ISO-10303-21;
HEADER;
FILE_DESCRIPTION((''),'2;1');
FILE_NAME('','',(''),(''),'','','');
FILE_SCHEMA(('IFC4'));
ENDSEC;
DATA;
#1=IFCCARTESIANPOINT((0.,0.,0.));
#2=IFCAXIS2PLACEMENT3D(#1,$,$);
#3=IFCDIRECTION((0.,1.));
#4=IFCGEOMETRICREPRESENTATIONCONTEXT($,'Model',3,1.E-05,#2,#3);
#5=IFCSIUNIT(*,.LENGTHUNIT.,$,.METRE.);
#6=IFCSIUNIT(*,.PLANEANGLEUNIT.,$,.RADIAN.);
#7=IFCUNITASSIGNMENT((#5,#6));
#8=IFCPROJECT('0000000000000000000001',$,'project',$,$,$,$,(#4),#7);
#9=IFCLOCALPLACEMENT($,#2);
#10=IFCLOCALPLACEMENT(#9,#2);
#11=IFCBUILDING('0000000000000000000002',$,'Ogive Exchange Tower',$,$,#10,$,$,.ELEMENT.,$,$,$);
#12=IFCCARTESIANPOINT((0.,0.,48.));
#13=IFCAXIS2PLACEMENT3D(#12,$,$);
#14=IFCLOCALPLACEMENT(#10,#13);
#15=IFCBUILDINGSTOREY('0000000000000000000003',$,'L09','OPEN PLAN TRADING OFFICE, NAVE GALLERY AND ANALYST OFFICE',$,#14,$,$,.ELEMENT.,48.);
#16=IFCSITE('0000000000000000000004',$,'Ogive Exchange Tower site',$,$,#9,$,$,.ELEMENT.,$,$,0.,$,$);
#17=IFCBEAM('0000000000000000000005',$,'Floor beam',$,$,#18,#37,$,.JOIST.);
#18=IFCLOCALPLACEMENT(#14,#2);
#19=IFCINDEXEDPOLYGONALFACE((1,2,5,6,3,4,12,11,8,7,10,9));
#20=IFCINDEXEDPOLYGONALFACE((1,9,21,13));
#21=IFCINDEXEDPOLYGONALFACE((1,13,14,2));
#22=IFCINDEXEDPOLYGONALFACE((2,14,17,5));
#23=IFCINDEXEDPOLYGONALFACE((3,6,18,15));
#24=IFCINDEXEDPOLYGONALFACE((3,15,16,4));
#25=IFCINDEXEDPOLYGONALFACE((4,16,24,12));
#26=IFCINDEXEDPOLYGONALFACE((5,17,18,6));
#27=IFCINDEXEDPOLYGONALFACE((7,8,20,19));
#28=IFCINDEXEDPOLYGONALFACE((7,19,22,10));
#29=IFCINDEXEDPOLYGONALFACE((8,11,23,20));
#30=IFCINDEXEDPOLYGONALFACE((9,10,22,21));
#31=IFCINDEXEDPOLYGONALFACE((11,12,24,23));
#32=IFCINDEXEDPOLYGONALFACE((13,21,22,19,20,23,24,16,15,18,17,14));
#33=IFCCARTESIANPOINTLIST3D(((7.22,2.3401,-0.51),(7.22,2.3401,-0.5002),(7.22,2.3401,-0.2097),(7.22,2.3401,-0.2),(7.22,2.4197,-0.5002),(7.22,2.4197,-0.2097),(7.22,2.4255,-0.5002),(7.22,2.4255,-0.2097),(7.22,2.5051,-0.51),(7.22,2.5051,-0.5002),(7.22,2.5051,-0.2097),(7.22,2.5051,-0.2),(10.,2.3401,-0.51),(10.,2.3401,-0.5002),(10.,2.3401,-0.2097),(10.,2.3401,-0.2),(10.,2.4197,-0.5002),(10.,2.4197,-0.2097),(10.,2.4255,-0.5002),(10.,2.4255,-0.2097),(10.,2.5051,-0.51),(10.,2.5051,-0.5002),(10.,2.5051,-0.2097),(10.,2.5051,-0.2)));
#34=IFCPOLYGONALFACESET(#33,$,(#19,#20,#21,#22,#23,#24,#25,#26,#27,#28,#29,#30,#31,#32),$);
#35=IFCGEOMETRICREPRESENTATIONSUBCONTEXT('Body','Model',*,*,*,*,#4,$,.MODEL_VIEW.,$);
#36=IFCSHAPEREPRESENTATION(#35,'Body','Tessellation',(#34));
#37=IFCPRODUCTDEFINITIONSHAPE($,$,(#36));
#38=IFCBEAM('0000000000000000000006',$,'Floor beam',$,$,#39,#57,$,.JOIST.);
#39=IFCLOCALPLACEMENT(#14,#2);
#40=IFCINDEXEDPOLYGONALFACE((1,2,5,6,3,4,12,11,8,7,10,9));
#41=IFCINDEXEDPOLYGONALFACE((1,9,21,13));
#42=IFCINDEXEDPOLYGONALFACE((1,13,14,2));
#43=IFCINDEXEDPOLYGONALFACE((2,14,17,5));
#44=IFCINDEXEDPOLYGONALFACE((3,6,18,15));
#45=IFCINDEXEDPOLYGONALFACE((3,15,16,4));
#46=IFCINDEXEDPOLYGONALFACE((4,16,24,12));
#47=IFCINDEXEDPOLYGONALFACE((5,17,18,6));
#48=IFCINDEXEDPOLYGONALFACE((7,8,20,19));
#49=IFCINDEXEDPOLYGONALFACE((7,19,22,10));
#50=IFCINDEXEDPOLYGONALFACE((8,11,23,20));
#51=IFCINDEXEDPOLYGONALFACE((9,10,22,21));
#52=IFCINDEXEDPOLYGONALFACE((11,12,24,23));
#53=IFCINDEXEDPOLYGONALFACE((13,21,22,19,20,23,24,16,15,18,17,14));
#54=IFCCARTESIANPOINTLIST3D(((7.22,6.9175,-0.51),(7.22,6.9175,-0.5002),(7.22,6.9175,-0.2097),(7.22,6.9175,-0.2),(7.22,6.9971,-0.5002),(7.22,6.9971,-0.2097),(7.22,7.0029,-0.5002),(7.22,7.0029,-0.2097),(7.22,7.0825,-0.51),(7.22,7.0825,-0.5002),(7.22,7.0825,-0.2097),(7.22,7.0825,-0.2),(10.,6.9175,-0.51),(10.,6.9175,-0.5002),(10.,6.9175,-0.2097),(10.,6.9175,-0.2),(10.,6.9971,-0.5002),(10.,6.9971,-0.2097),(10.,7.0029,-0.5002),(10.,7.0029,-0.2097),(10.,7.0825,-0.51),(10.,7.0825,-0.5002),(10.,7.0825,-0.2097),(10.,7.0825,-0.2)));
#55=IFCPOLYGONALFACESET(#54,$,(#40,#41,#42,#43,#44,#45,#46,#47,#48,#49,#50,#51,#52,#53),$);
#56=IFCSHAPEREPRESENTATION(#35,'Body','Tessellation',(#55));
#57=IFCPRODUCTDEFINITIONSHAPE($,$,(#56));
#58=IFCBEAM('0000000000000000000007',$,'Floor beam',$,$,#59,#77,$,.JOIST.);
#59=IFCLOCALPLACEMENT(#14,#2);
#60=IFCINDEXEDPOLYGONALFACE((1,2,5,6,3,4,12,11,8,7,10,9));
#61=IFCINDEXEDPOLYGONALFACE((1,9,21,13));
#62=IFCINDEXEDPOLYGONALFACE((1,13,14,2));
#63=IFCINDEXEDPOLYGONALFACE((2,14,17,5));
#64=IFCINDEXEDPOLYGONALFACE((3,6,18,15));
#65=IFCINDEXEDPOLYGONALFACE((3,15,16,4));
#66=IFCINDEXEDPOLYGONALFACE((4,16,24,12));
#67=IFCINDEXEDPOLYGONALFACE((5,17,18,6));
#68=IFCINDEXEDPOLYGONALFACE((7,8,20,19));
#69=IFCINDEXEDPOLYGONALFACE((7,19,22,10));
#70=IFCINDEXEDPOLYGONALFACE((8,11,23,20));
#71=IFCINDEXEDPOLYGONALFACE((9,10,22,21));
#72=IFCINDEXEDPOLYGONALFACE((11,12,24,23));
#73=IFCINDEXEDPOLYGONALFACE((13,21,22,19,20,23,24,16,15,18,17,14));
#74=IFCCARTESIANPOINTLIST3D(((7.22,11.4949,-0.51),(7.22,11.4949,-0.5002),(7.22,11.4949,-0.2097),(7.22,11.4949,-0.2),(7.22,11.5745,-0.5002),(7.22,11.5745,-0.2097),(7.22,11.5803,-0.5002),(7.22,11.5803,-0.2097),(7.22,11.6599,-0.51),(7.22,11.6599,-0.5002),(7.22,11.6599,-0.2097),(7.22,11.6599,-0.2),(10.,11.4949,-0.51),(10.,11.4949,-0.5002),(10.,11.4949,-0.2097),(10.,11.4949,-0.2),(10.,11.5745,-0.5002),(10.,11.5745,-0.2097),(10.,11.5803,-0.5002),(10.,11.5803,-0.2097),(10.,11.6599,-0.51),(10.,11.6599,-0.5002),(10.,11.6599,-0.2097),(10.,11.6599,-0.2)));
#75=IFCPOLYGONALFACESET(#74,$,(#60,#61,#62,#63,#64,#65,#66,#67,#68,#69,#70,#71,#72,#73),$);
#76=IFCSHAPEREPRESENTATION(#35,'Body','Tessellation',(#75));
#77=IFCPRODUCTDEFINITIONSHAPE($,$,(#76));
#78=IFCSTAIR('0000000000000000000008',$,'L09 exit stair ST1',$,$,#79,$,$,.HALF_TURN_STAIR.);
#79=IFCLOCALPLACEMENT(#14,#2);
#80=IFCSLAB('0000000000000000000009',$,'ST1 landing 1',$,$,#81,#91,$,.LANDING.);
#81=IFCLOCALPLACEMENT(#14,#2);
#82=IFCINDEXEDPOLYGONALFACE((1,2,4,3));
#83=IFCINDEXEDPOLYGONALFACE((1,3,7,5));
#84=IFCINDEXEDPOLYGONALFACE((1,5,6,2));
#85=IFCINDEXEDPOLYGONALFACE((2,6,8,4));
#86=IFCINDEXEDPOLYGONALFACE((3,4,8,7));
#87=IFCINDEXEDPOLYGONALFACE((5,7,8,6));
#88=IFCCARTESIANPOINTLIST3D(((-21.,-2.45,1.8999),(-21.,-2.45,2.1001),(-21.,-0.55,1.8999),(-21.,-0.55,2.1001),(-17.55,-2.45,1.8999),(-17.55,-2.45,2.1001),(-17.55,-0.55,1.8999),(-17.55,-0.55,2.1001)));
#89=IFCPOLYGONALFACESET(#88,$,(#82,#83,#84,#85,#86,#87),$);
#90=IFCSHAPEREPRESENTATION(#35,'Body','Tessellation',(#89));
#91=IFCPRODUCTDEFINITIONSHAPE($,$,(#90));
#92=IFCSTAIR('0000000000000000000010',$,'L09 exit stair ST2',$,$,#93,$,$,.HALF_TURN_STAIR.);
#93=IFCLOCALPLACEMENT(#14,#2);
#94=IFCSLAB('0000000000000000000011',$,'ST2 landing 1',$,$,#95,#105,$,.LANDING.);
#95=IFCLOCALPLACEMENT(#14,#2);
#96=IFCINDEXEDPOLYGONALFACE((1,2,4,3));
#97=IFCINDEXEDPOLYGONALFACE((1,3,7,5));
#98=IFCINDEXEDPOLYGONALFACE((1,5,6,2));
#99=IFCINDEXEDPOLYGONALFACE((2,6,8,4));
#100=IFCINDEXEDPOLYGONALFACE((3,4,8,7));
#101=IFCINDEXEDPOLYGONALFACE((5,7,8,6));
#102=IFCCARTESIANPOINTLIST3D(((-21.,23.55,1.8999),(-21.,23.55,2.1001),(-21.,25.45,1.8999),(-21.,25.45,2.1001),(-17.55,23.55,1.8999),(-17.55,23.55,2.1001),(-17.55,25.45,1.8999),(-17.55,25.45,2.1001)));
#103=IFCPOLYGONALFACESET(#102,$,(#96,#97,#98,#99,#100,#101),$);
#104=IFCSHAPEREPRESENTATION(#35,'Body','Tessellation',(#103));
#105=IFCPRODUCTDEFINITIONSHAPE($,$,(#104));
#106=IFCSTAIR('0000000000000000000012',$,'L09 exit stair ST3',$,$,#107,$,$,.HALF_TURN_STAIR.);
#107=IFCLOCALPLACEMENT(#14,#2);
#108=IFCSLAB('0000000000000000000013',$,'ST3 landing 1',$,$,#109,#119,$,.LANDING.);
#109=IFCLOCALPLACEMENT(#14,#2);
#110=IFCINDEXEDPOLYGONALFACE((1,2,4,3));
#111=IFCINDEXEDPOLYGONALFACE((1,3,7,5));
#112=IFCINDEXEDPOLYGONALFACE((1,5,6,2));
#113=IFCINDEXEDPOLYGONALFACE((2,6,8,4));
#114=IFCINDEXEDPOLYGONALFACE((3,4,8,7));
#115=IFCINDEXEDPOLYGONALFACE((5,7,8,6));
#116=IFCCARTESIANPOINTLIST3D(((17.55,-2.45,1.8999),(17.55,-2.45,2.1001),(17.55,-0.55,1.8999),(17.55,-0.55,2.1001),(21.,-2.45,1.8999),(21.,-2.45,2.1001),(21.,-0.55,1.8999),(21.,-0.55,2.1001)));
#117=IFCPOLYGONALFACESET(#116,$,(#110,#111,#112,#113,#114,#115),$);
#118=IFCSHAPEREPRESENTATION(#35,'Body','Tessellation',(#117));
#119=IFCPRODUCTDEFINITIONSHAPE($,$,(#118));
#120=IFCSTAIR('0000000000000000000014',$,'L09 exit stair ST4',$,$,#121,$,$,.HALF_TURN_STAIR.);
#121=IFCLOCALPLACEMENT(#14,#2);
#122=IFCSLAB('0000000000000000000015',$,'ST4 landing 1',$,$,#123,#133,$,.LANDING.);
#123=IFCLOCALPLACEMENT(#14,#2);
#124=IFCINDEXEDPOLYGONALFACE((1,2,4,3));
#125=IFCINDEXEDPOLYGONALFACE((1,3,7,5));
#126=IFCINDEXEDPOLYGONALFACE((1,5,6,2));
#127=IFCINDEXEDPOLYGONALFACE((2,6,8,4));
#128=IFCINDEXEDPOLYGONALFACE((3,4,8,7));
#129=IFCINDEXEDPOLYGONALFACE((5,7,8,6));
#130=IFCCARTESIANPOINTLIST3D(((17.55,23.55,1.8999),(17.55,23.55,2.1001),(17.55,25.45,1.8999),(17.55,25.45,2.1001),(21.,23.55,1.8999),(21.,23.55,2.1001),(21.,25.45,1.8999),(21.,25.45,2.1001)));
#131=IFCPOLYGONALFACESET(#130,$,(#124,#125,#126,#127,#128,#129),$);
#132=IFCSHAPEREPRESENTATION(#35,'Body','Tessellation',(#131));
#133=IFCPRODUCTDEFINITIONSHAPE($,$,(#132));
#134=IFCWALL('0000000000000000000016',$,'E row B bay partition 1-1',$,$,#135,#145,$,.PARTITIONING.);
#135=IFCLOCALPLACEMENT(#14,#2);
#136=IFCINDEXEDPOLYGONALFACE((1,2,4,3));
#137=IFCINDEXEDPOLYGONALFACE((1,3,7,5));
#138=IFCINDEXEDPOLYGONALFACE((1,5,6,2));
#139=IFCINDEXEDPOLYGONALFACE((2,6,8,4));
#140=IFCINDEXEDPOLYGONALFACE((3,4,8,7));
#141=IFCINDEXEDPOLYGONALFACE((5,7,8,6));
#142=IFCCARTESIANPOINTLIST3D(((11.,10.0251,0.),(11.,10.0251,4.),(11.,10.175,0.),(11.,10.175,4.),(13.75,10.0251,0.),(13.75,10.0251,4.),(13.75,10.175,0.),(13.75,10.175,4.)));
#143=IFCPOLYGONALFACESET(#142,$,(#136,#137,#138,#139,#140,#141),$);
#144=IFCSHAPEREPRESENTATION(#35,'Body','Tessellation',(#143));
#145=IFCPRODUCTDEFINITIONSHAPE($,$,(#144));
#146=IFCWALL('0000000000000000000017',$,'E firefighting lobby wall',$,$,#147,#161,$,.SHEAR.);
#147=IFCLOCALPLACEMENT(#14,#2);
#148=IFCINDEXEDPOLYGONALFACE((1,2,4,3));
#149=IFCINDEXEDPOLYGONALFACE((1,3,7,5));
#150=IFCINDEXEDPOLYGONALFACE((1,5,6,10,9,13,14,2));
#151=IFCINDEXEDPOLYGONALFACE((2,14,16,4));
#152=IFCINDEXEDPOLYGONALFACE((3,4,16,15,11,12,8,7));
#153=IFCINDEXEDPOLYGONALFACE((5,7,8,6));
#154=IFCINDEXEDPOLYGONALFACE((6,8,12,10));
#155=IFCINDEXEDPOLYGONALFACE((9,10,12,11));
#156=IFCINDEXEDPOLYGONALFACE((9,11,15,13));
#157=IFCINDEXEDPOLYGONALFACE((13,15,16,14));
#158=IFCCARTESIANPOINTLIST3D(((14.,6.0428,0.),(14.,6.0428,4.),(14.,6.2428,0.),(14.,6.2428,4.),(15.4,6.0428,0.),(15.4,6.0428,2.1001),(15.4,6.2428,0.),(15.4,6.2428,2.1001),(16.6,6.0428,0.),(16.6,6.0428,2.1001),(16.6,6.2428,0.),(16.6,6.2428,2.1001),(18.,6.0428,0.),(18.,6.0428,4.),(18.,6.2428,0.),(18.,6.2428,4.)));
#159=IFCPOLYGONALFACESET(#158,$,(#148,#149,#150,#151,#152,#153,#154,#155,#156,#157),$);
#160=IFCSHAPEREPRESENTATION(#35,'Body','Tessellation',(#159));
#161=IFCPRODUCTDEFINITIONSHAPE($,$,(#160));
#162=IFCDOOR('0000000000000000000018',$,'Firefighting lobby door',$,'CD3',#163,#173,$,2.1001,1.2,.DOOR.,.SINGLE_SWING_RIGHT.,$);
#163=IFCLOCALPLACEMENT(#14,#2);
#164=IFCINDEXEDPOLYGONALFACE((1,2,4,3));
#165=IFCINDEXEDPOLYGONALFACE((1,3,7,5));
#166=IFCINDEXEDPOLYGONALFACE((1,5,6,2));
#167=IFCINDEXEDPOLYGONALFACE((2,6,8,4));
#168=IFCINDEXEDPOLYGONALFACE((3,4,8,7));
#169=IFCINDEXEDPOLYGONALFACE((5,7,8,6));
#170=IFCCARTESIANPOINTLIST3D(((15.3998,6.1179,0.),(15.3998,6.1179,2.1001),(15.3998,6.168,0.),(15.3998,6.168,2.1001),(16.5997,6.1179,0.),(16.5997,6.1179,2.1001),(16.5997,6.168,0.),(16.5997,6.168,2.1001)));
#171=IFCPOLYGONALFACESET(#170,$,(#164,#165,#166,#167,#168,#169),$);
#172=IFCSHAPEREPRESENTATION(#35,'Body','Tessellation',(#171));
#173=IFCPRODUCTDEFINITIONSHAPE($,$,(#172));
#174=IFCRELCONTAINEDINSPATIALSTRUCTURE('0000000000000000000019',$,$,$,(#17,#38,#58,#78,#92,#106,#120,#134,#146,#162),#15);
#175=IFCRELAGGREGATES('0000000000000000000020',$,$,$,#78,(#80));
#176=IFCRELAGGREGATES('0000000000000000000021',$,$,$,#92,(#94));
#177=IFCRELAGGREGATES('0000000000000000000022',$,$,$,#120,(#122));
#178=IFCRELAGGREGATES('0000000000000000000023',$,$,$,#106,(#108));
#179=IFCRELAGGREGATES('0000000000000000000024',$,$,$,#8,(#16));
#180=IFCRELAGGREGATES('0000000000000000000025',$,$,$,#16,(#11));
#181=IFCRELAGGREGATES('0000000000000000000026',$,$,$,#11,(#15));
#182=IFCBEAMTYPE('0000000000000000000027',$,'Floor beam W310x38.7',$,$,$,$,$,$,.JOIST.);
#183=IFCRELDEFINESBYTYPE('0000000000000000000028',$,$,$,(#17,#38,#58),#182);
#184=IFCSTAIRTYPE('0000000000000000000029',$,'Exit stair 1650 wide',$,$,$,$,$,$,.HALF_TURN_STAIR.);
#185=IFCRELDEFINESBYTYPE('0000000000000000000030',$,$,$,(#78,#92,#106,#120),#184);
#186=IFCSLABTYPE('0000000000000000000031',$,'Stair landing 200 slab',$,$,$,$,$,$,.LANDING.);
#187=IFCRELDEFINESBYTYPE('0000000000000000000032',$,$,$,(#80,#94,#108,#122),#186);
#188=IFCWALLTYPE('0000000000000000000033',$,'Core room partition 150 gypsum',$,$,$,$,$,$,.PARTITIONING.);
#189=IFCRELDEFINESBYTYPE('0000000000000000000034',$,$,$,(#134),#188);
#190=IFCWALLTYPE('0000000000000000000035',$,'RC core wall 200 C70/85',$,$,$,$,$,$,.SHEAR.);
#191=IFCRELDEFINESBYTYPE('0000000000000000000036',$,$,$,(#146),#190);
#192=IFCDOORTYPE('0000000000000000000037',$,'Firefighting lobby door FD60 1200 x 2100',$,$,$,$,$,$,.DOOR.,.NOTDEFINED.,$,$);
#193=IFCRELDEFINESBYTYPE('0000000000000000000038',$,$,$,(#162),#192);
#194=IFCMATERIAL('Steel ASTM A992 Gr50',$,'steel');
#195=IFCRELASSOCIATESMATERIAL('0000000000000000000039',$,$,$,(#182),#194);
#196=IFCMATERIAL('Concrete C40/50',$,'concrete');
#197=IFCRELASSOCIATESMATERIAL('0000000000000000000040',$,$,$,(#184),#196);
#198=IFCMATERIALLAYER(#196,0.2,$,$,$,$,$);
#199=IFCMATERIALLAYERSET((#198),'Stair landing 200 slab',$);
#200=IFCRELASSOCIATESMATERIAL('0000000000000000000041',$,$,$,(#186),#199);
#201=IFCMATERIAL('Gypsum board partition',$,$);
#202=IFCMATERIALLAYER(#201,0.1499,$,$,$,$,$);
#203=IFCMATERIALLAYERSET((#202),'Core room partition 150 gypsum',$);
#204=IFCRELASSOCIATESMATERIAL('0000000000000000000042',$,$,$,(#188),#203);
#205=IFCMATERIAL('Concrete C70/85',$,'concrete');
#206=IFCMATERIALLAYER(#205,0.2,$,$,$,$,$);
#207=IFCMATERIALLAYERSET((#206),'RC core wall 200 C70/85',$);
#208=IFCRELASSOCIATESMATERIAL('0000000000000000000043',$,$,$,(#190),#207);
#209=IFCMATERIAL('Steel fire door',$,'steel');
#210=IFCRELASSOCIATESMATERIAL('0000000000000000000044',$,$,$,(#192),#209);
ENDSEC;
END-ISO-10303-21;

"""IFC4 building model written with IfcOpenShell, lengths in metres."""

from ifc_helpers import new_model, si_unit, direction, frame, frame_2d, origin, origin_2d, place, context, subcontext, project, spatial, polyline, rectangle, i_section, outline, extrude, material, layer, layer_set, material_profile, profile_set, type_object, element, fill, aggregate, save


model = new_model("IFC4")

# Units and contexts
model_context = context("Model", 3, precision=1e-05, world=origin(), true_north=direction((0.0, 1.0)))
body_context = subcontext(model_context, "Body", "Model", "MODEL_VIEW")
ifc_project = project(units=[si_unit("LENGTHUNIT", "METRE"), si_unit("PLANEANGLEUNIT", "RADIAN")], contexts=[model_context])

# Site, building, storey
site_placement = place(None, origin())
site = spatial("IfcSite", under=ifc_project, at=site_placement, Name="Ogive Exchange Tower site", CompositionType="ELEMENT", RefElevation=0.0)
building_placement = place(site_placement, origin())
building = spatial("IfcBuilding", under=site, at=building_placement, Name="Ogive Exchange Tower", CompositionType="ELEMENT")
storey_placement = place(building_placement, frame((0.0, 0.0, 48.0)))
storey = spatial("IfcBuildingStorey", under=building, at=storey_placement, Name="L09", Description="OPEN PLAN TRADING OFFICE, NAVE GALLERY AND ANALYST OFFICE", CompositionType="ELEMENT", Elevation=48.0)

# Beams
ifc_material_1 = material(Name="Steel ASTM A992 Gr50", Category="steel")
ifc_material_profile = material_profile(ifc_material_1, i_section(OverallWidth=0.165, OverallDepth=0.3101, WebThickness=0.0059, FlangeThickness=0.0098, at=origin_2d()), Name="W310x38.7")
ifc_profile_set = profile_set([ifc_material_profile], Name="Steel ASTM A992 Gr50")
beam_type = type_object("IfcBeamType", Name="Floor beam W310x38.7", PredefinedType="JOIST", material=ifc_profile_set)
for number, where, z_axis, x_axis, name in (
    (1, (7.22, 2.4226, -0.355), (1.0, 0.0, 0.0), (0.0, 1.0, 0.0), "Floor beam"),
    (2, (7.22, 7.0, -0.355), (1.0, 0.0, 0.0), (0.0, 1.0, 0.0), "Floor beam"),
    (3, (7.22, 11.5774, -0.355), (1.0, 0.0, 0.0), (0.0, 1.0, 0.0), "Floor beam"),
):
    element("IfcBeam", number, at=place(storey_placement, frame(where, z_axis=z_axis, x_axis=x_axis)), inside=storey, type_object=beam_type, Name=name, PredefinedType="JOIST", context=body_context, shape_type="SweptSolid", body=[
        extrude(i_section(OverallWidth=0.165, OverallDepth=0.3101, WebThickness=0.0059, FlangeThickness=0.0098, at=origin_2d()), origin(), (0.0, 0.0, 1.0), 2.78),
    ])

# Stairs, slabs
ifc_material_2 = material(Name="Concrete C40/50", Category="concrete")
stair_type = type_object("IfcStairType", Name="Exit stair 1650 wide", PredefinedType="HALF_TURN_STAIR", material=ifc_material_2)
stair_1_placement = place(storey_placement, origin())
stair_1 = element("IfcStair", 4, at=stair_1_placement, inside=storey, type_object=stair_type, Name="L09 exit stair ST1", PredefinedType="HALF_TURN_STAIR")
ifc_layer_1 = layer(ifc_material_2, 0.2)
ifc_layer_set_1 = layer_set([ifc_layer_1], Name="Stair landing 200 slab")
slab_type = type_object("IfcSlabType", Name="Stair landing 200 slab", PredefinedType="LANDING", material=ifc_layer_set_1)
slab_1_placement = place(storey_placement, frame((0.0, 0.0, 1.8999)))
slab_1 = element("IfcSlab", 5, at=slab_1_placement, type_object=slab_type, Name="ST1 landing 1", PredefinedType="LANDING", context=body_context, shape_type="SweptSolid", body=[
    extrude(outline(polyline([(-21.0, -0.55), (-21.0, -2.45), (-17.55, -2.45), (-17.55, -0.55), (-21.0, -0.55)])), origin(), (0.0, 0.0, 1.0), 0.2002),
])
aggregate(stair_1, [slab_1])
stair_2_placement = place(storey_placement, origin())
stair_2 = element("IfcStair", 6, at=stair_2_placement, inside=storey, type_object=stair_type, Name="L09 exit stair ST2", PredefinedType="HALF_TURN_STAIR")
slab_2_placement = place(storey_placement, frame((0.0, 0.0, 1.8999)))
slab_2 = element("IfcSlab", 7, at=slab_2_placement, type_object=slab_type, Name="ST2 landing 1", PredefinedType="LANDING", context=body_context, shape_type="SweptSolid", body=[
    extrude(outline(polyline([(-17.55, 23.55), (-17.55, 25.45), (-21.0, 25.45), (-21.0, 23.55), (-17.55, 23.55)])), origin(), (0.0, 0.0, 1.0), 0.2002),
])
aggregate(stair_2, [slab_2])
stair_3_placement = place(storey_placement, origin())
stair_3 = element("IfcStair", 8, at=stair_3_placement, inside=storey, type_object=stair_type, Name="L09 exit stair ST3", PredefinedType="HALF_TURN_STAIR")
slab_3_placement = place(storey_placement, frame((0.0, 0.0, 1.8999)))
slab_3 = element("IfcSlab", 9, at=slab_3_placement, type_object=slab_type, Name="ST3 landing 1", PredefinedType="LANDING", context=body_context, shape_type="SweptSolid", body=[
    extrude(outline(polyline([(17.55, -0.55), (17.55, -2.45), (21.0, -2.45), (21.0, -0.55), (17.55, -0.55)])), origin(), (0.0, 0.0, 1.0), 0.2002),
])
stair_4_placement = place(storey_placement, origin())
stair_4 = element("IfcStair", 10, at=stair_4_placement, inside=storey, type_object=stair_type, Name="L09 exit stair ST4", PredefinedType="HALF_TURN_STAIR")
slab_4_placement = place(storey_placement, frame((0.0, 0.0, 1.8999)))
slab_4 = element("IfcSlab", 11, at=slab_4_placement, type_object=slab_type, Name="ST4 landing 1", PredefinedType="LANDING", context=body_context, shape_type="SweptSolid", body=[
    extrude(outline(polyline([(21.0, 23.55), (21.0, 25.45), (17.55, 25.45), (17.55, 23.55), (21.0, 23.55)])), origin(), (0.0, 0.0, 1.0), 0.2002),
])
aggregate(stair_4, [slab_4])

# Wall
ifc_material_3 = material(Name="Gypsum board partition")
ifc_layer_2 = layer(ifc_material_3, 0.1499)
ifc_layer_set_2 = layer_set([ifc_layer_2], Name="Core room partition 150 gypsum")
wall_type_1 = type_object("IfcWallType", Name="Core room partition 150 gypsum", PredefinedType="PARTITIONING", material=ifc_layer_set_2)
wall_1_placement = place(storey_placement, frame((11.0, 10.1001, 0.0), z_axis=(0.0, 0.0, 1.0), x_axis=(1.0, 0.0, 0.0)))
element("IfcWall", 12, at=wall_1_placement, inside=storey, type_object=wall_type_1, Name="E row B bay partition 1-1", PredefinedType="PARTITIONING", context=body_context, shape_type="SweptSolid", body=[
    extrude(rectangle(XDim=2.75, YDim=0.1499, at=frame_2d((1.375, 0.0))), origin(), (0.0, 0.0, 1.0), 4.0),
])

# Wall, opening, door
ifc_material_4 = material(Name="Concrete C70/85", Category="concrete")
ifc_layer_3 = layer(ifc_material_4, 0.2)
ifc_layer_set_3 = layer_set([ifc_layer_3], Name="RC core wall 200 C70/85")
wall_type_2 = type_object("IfcWallType", Name="RC core wall 200 C70/85", PredefinedType="SHEAR", material=ifc_layer_set_3)
wall_2_placement = place(storey_placement, frame((14.0, 6.1428, 0.0), z_axis=(0.0, 0.0, 1.0), x_axis=(1.0, 0.0, 0.0)))
wall_2 = element("IfcWall", 13, at=wall_2_placement, inside=storey, type_object=wall_type_2, Name="E firefighting lobby wall", PredefinedType="SHEAR", context=body_context, shape_type="SweptSolid", body=[
    extrude(rectangle(XDim=4.0, YDim=0.2, at=frame_2d((2.0, 0.0))), origin(), (0.0, 0.0, 1.0), 4.0),
])
opening_1_placement = place(wall_2_placement, frame((1.3999, 0.0, 0.0)))
opening_1 = element("IfcOpeningElement", 14, at=opening_1_placement, cuts=wall_2, PredefinedType="OPENING", context=body_context, shape_type="SweptSolid", body=[
    extrude(rectangle(XDim=1.2, YDim=2.1001, at=frame_2d((0.6001, 1.05))), frame((0.0, 0.1099, 0.0), z_axis=(0.0, -1.0, 0.0), x_axis=(1.0, 0.0, 0.0)), (0.0, 0.0, 1.0), 0.22),
])
ifc_material_5 = material(Name="Steel fire door", Category="steel")
door_type_1 = type_object("IfcDoorType", Name="Firefighting lobby door FD60 1200 x 2100", OperationType="NOTDEFINED", PredefinedType="DOOR", material=ifc_material_5)
door_1_placement = place(opening_1_placement, frame((1.2, 0.0, 0.0), z_axis=(0.0, 0.0, 1.0), x_axis=(-1.0, 0.0, 0.0)))
door_1 = element("IfcDoor", 15, at=door_1_placement, inside=storey, type_object=door_type_1, Name="Firefighting lobby door", ObjectType="CD3", OperationType="SINGLE_SWING_RIGHT", OverallHeight=2.1001, OverallWidth=1.2, PredefinedType="DOOR", context=body_context, shape_type="SweptSolid", body=[
    extrude(rectangle(XDim=1.2, YDim=2.1001, at=frame_2d((0.6001, 1.05))), frame((0.0, 0.0249, 0.0), z_axis=(0.0, -1.0, 0.0), x_axis=(1.0, 0.0, 0.0)), (0.0, 0.0, 1.0), 0.05),
])
fill(opening_1, door_1)

aggregate(stair_3, [slab_3])

save(model, "model.ifc")
